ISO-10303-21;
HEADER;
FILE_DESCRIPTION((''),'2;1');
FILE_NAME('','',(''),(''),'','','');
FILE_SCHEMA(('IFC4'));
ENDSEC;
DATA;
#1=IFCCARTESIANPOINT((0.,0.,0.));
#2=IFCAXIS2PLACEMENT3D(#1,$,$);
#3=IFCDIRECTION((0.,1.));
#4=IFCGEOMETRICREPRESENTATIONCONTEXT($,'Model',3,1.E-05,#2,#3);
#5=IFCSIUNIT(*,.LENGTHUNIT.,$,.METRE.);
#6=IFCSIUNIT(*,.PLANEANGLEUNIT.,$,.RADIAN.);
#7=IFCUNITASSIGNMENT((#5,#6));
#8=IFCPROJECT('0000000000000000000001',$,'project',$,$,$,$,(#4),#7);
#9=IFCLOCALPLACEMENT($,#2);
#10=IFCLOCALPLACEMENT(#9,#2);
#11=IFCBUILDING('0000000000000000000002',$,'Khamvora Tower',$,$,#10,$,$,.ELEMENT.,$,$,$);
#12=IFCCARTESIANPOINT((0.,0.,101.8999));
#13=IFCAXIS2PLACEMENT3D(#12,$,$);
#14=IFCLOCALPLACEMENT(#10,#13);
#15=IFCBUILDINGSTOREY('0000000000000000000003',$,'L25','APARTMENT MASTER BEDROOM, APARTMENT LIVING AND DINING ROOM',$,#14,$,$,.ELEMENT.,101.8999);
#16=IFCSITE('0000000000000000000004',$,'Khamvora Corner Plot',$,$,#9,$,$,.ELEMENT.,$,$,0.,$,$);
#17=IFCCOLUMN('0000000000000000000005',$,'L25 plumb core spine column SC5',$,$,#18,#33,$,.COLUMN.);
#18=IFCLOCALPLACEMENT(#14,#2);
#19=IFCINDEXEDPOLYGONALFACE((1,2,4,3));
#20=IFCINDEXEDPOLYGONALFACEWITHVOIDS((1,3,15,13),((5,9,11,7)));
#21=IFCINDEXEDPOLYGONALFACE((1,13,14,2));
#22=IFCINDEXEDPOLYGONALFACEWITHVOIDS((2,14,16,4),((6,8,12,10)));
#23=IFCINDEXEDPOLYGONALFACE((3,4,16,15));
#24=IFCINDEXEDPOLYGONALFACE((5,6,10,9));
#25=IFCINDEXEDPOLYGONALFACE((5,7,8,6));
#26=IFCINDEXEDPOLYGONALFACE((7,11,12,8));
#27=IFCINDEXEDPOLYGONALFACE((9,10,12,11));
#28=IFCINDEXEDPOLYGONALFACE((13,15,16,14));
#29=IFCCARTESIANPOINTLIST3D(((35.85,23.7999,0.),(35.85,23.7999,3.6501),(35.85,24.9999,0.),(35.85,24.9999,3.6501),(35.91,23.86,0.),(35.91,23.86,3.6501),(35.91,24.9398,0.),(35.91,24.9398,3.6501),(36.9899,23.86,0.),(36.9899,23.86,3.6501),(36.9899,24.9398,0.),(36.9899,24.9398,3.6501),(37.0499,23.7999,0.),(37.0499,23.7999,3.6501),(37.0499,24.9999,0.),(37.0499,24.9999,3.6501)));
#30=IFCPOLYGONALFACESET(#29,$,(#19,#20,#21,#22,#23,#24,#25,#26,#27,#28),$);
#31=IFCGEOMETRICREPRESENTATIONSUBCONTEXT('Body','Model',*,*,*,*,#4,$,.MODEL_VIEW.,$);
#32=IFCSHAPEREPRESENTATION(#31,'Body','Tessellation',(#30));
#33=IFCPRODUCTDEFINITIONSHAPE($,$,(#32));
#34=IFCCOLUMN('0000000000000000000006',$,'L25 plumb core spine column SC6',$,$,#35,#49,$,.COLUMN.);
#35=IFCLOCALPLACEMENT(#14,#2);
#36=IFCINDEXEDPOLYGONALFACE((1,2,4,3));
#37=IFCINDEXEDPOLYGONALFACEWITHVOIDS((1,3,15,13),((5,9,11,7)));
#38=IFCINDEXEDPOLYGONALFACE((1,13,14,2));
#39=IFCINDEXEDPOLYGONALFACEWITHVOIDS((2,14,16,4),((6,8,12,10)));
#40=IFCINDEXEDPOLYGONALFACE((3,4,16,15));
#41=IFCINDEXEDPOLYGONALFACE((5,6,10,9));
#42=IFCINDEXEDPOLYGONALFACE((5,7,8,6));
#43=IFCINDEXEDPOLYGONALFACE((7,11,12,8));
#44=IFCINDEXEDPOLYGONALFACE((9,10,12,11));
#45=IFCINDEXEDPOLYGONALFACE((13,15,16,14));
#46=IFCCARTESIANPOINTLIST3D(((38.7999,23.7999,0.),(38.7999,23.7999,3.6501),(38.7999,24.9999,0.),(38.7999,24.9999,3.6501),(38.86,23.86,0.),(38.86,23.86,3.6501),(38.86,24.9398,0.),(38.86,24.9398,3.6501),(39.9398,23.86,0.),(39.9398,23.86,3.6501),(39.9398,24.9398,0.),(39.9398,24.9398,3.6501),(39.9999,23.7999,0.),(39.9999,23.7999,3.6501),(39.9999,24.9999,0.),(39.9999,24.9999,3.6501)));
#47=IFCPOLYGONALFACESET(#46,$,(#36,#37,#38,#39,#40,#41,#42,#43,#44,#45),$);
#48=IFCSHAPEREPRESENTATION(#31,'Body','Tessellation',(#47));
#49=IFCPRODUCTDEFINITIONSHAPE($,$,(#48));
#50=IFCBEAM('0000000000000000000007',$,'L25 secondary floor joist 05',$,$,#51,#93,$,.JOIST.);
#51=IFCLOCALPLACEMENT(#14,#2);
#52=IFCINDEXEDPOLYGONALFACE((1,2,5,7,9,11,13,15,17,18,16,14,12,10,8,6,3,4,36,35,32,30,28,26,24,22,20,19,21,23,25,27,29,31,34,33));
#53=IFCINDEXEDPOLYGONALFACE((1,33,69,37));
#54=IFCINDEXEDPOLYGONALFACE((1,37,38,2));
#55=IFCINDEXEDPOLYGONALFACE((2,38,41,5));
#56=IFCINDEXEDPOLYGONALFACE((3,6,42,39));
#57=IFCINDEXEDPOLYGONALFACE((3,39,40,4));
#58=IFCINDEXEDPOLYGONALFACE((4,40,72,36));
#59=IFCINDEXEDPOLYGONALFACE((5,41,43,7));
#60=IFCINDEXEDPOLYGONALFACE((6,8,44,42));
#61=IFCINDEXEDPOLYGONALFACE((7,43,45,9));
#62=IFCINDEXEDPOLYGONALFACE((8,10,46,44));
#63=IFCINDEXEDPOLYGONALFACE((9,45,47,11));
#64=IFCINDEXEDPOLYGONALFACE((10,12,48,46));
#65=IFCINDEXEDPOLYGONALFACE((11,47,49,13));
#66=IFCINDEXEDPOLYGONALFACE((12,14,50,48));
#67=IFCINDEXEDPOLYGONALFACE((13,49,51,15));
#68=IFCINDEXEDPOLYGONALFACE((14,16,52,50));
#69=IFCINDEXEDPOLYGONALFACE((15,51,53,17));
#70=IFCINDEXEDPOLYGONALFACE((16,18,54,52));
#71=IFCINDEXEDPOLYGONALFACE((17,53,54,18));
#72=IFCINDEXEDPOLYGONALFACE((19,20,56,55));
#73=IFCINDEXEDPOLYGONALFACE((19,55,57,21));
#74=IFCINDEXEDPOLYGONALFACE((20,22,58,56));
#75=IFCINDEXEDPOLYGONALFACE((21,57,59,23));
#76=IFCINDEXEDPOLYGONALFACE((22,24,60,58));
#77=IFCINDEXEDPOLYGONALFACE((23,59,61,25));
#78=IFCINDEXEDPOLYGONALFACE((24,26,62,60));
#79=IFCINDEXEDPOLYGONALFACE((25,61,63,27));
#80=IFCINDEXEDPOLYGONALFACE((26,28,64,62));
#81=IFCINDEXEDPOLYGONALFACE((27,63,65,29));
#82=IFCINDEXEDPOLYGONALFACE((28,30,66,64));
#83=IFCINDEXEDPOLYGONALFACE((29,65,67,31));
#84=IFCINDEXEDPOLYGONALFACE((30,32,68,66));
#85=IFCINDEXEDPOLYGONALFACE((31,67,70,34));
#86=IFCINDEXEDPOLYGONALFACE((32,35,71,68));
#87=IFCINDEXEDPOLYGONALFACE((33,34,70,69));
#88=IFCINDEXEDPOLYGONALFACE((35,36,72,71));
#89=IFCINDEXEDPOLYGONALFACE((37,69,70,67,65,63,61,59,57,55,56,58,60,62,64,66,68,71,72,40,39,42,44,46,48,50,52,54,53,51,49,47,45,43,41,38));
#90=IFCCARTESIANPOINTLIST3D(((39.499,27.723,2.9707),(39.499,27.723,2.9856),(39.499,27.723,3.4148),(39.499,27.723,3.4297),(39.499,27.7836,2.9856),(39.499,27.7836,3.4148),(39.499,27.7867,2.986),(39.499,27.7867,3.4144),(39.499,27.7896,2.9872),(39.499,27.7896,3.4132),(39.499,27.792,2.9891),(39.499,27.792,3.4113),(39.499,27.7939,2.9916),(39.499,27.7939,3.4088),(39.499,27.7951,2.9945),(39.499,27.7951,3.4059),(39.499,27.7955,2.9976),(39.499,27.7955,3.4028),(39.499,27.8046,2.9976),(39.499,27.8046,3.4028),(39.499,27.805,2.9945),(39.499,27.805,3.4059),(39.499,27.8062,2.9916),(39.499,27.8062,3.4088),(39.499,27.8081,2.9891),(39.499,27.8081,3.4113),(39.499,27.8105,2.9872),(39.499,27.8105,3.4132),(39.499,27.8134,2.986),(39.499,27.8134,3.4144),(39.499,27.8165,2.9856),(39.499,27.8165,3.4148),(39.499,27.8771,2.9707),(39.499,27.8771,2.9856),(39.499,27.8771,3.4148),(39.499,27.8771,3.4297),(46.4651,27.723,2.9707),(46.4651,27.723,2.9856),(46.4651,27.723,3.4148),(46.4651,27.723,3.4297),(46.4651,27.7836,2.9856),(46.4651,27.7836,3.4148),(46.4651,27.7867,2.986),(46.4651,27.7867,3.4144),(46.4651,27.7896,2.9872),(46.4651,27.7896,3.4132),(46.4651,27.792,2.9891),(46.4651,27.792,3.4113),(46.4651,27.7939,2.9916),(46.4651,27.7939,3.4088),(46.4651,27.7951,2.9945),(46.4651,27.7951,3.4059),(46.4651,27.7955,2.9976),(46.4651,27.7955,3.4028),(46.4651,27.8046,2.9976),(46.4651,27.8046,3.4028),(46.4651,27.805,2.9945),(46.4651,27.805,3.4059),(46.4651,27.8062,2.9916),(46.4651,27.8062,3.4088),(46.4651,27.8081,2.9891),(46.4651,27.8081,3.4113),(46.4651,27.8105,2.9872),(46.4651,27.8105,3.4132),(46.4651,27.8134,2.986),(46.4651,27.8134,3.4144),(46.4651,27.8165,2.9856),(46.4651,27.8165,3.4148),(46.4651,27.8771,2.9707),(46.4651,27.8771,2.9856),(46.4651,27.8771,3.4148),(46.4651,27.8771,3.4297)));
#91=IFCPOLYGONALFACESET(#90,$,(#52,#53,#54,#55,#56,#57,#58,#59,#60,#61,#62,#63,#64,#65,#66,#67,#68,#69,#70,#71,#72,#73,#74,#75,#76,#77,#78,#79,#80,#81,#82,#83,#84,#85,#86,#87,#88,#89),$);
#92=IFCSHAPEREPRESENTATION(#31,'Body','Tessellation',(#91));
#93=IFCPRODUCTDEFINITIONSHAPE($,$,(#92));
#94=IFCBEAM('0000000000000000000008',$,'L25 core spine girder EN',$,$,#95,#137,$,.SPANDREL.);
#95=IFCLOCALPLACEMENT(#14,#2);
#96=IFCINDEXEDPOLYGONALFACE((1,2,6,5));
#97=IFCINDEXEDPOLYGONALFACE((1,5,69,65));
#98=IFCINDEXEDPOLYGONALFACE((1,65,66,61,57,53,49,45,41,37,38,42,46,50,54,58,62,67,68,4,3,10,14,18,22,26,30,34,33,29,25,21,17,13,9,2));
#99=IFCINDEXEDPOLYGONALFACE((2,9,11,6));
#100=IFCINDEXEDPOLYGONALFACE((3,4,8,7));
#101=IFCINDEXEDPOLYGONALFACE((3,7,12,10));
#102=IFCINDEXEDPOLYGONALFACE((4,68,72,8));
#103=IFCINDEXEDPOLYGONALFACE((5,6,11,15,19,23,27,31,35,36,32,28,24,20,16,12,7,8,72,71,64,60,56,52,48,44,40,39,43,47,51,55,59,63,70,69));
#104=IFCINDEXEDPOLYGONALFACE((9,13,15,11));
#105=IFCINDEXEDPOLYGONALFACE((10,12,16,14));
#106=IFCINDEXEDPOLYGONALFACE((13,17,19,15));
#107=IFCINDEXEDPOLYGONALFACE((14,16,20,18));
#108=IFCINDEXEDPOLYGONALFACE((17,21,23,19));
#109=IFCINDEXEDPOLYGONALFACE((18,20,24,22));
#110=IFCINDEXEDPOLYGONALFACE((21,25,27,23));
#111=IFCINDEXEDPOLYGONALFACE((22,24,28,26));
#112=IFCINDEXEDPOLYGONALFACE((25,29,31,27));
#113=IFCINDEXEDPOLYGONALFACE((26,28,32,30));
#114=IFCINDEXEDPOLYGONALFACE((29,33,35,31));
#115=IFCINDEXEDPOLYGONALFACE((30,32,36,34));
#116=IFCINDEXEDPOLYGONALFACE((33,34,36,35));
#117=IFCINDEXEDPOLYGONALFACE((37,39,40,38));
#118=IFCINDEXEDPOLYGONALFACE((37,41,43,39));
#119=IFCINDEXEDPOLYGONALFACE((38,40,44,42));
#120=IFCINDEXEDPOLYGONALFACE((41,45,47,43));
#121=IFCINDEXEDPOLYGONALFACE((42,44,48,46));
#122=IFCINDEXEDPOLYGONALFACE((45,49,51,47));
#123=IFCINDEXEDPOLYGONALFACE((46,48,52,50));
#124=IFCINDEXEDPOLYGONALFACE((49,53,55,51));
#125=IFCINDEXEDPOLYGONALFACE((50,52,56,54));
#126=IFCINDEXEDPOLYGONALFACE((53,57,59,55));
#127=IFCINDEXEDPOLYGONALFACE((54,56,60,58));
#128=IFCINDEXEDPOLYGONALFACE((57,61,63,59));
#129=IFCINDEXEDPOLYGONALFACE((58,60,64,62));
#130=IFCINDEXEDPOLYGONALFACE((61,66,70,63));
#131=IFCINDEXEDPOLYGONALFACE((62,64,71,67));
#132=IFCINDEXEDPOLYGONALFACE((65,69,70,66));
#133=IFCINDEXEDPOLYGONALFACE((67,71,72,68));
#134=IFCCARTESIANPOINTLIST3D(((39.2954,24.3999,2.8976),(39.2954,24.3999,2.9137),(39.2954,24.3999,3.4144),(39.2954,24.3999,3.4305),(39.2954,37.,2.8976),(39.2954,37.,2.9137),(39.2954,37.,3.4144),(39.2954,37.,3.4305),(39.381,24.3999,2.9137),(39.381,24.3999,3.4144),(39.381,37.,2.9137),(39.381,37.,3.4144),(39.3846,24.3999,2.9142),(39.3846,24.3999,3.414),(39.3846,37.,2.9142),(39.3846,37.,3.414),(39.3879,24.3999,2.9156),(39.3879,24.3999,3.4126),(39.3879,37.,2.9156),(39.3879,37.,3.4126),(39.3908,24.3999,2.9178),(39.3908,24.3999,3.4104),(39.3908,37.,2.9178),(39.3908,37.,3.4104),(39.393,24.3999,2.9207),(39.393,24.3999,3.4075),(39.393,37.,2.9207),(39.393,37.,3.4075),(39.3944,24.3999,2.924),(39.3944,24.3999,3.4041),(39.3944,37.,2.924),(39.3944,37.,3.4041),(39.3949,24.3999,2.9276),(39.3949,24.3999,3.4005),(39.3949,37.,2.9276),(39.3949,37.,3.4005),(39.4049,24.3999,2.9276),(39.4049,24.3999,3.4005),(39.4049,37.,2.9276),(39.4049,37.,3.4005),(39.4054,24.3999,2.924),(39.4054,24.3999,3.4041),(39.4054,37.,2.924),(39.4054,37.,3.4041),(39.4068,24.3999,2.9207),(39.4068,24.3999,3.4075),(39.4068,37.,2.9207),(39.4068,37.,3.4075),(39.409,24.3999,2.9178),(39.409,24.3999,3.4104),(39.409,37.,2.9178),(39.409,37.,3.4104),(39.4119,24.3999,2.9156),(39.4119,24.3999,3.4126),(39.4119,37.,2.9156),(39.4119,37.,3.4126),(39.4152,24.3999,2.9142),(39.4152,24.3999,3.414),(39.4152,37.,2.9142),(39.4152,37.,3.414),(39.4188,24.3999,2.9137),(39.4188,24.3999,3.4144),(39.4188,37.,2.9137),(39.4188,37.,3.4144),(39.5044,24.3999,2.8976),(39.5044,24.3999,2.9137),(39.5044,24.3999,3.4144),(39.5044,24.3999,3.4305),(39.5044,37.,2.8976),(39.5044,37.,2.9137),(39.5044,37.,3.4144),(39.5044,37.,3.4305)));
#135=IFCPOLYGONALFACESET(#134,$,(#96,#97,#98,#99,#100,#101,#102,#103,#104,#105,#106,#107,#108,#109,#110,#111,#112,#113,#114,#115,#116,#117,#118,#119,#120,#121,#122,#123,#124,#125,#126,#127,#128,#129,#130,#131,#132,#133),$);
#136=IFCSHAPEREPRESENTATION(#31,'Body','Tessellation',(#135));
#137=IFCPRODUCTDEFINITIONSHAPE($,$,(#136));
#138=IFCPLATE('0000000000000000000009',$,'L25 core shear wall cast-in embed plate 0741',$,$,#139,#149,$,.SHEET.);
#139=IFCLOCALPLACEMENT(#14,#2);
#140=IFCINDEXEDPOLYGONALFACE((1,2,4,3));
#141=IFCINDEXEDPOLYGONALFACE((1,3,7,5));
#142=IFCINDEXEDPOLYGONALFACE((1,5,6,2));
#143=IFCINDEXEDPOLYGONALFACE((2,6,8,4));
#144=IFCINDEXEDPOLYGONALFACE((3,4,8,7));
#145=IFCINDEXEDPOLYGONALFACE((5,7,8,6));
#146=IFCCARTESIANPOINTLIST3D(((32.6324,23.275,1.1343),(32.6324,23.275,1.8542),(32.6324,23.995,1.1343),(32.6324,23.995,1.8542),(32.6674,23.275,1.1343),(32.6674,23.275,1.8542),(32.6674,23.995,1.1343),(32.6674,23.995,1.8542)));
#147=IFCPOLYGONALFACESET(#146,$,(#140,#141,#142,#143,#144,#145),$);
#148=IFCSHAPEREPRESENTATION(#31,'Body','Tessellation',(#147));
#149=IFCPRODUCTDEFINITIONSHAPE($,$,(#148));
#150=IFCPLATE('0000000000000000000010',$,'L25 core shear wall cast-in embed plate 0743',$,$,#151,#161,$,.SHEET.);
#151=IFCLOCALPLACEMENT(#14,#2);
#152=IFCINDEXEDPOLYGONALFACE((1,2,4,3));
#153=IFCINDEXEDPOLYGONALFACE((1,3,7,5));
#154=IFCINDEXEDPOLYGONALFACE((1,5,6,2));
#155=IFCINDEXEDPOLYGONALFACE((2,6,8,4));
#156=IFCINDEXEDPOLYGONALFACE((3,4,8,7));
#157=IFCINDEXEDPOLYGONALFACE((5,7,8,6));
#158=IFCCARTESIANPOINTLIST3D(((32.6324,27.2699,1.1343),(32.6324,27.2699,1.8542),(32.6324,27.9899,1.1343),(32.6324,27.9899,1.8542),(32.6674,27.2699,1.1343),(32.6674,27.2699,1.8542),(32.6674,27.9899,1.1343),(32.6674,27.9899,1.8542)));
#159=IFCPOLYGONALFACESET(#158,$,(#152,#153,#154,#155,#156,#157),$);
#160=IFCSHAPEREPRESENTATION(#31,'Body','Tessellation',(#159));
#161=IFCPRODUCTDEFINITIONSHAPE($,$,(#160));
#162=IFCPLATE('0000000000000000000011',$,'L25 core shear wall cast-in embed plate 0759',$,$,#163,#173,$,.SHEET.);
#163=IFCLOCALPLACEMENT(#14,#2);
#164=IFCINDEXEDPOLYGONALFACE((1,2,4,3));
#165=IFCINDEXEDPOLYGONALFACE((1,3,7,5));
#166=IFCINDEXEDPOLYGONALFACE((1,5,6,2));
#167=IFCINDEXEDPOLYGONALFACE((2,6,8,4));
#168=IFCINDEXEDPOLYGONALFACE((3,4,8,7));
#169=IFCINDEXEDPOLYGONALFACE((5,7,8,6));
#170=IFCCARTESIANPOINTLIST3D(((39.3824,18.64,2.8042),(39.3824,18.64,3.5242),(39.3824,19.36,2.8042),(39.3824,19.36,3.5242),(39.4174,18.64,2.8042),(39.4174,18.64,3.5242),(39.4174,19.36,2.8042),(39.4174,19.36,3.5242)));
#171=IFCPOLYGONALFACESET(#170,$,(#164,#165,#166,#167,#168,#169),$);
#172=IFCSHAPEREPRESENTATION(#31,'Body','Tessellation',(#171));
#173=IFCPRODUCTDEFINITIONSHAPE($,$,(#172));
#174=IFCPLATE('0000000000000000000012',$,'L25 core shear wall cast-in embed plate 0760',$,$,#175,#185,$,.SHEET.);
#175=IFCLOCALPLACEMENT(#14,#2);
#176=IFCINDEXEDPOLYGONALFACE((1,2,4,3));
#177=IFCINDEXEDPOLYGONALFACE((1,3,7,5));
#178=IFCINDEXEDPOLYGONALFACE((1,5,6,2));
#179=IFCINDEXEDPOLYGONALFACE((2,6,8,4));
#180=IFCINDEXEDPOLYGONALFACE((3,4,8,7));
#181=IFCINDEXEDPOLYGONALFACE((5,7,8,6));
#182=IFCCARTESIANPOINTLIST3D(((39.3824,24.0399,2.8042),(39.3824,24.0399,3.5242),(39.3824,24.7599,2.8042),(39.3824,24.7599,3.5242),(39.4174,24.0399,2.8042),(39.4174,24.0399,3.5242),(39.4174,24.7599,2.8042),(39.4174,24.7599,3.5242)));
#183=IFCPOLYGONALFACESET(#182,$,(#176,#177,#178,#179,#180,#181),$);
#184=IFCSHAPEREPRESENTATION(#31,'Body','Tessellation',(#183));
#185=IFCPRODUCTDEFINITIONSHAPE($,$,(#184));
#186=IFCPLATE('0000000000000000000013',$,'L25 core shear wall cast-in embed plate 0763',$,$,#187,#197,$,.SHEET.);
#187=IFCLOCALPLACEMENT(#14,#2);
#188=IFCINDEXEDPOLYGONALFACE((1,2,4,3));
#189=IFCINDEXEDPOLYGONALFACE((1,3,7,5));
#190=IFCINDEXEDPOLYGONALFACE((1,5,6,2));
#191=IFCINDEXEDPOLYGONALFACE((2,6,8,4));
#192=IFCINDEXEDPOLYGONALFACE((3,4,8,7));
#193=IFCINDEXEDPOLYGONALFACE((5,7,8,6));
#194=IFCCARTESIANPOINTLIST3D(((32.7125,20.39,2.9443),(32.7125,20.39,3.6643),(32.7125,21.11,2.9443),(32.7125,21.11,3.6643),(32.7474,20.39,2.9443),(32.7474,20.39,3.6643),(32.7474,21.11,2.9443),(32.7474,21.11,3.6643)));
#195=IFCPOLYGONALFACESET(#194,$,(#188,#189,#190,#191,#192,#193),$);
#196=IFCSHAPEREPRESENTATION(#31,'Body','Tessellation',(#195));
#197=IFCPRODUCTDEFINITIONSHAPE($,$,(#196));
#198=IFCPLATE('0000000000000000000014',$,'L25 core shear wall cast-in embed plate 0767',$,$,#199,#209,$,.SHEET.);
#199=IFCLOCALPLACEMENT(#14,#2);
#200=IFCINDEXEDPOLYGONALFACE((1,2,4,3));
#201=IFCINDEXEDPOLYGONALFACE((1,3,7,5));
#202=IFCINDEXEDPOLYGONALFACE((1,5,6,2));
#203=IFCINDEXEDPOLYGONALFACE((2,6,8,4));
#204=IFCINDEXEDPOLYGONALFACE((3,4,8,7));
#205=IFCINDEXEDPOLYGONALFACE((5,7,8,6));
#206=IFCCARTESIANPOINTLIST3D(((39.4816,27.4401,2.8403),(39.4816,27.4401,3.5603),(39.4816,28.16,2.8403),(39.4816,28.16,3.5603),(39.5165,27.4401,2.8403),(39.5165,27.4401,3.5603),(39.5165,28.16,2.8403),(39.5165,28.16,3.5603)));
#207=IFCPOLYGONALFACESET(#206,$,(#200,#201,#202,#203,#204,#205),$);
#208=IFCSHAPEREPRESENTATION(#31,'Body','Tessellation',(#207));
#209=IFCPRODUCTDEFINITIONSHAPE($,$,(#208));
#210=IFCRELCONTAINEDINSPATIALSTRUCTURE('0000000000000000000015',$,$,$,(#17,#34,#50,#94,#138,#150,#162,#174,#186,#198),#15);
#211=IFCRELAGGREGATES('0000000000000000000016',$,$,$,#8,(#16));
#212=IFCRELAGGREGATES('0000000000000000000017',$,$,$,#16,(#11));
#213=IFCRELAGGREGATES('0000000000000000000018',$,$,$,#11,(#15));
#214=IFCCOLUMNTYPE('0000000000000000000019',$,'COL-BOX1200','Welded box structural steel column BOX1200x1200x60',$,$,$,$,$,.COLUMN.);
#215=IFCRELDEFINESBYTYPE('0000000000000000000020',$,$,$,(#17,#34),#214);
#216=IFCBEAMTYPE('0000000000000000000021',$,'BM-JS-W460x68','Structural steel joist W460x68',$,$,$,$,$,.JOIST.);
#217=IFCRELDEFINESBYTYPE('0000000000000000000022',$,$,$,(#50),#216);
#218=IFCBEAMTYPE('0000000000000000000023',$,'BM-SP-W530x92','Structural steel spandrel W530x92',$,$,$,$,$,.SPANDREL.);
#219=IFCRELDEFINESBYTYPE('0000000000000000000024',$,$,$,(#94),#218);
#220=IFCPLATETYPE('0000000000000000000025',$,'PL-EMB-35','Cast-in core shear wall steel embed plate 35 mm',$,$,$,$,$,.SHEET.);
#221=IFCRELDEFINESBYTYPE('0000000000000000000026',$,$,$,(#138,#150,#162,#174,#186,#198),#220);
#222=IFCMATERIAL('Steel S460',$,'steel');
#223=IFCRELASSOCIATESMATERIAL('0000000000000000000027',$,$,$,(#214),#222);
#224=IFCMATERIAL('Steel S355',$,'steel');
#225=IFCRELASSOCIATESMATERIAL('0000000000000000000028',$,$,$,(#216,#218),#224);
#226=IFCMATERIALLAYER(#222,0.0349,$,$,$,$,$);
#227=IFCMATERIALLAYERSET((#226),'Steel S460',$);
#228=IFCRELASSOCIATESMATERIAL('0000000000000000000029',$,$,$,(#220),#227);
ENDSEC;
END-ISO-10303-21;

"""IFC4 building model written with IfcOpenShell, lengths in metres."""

from ifc_helpers import new_model, si_unit, direction, frame, origin, origin_2d, place, context, subcontext, project, spatial, rectangle, hollow_rectangle, i_section, extrude, material, layer, layer_set, material_profile, profile_set, type_object, element, save


model = new_model("IFC4")

# Units and contexts
model_context = context("Model", 3, precision=1e-05, world=origin(), true_north=direction((0.0, 1.0)))
body_context = subcontext(model_context, "Body", "Model", "MODEL_VIEW")
ifc_project = project(units=[si_unit("LENGTHUNIT", "METRE"), si_unit("PLANEANGLEUNIT", "RADIAN")], contexts=[model_context])

# Site, building, storey
site_placement = place(None, origin())
site = spatial("IfcSite", under=ifc_project, at=site_placement, Name="Khamvora Corner Plot", CompositionType="ELEMENT", RefElevation=0.0)
building_placement = place(site_placement, origin())
building = spatial("IfcBuilding", under=site, at=building_placement, Name="Khamvora Tower", CompositionType="ELEMENT")
storey_placement = place(building_placement, frame((0.0, 0.0, 101.8999)))
storey = spatial("IfcBuildingStorey", under=building, at=storey_placement, Name="L25", Description="APARTMENT MASTER BEDROOM, APARTMENT LIVING AND DINING ROOM", CompositionType="ELEMENT", Elevation=101.8999)

# Columns
ifc_material_1 = material(Name="Steel S460", Category="steel")
ifc_material_profile_1 = material_profile(ifc_material_1, hollow_rectangle(XDim=1.2, YDim=1.2, WallThickness=0.0601, at=origin_2d()), Name="BOX1200x1200x60")
ifc_profile_set_1 = profile_set([ifc_material_profile_1], Name="Steel S460")
column_type = type_object("IfcColumnType", Name="COL-BOX1200", Description="Welded box structural steel column BOX1200x1200x60", PredefinedType="COLUMN", material=ifc_profile_set_1)
for number, where, z_axis, x_axis, name in (
    (1, (36.45, 24.3999, 0.0), (0.0, 0.0, 1.0), (1.0, 0.0, 0.0), "L25 plumb core spine column SC5"),
    (2, (39.3999, 24.3999, 0.0), (0.0, 0.0, 1.0), (1.0, 0.0, 0.0), "L25 plumb core spine column SC6"),
):
    element("IfcColumn", number, at=place(storey_placement, frame(where, z_axis=z_axis, x_axis=x_axis)), inside=storey, type_object=column_type, Name=name, PredefinedType="COLUMN", context=body_context, shape_type="SweptSolid", body=[
        extrude(hollow_rectangle(XDim=1.2, YDim=1.2, WallThickness=0.0601, at=origin_2d()), origin(), (0.0, 0.0, 1.0), 3.6501),
    ])

# Beams
ifc_material_2 = material(Name="Steel S355", Category="steel")
ifc_material_profile_2 = material_profile(ifc_material_2, i_section(OverallWidth=0.1541, OverallDepth=0.459, WebThickness=0.009, FlangeThickness=0.0149, FilletRadius=0.012, at=origin_2d()), Name="W460x68")
ifc_profile_set_2 = profile_set([ifc_material_profile_2], Name="Steel S355")
beam_type_1 = type_object("IfcBeamType", Name="BM-JS-W460x68", Description="Structural steel joist W460x68", PredefinedType="JOIST", material=ifc_profile_set_2)
beam_1_placement = place(storey_placement, frame((39.499, 27.8, 3.2002), z_axis=(1.0, 0.0, 0.0), x_axis=(0.0, 1.0, 0.0)))
element("IfcBeam", 3, at=beam_1_placement, inside=storey, type_object=beam_type_1, Name="L25 secondary floor joist 05", PredefinedType="JOIST", context=body_context, shape_type="SweptSolid", body=[
    extrude(i_section(OverallWidth=0.1541, OverallDepth=0.459, WebThickness=0.009, FlangeThickness=0.0149, FilletRadius=0.012, at=origin_2d()), origin(), (0.0, 0.0, 1.0), 6.9661),
])
ifc_material_profile_3 = material_profile(ifc_material_2, i_section(OverallWidth=0.209, OverallDepth=0.533, WebThickness=0.01, FlangeThickness=0.0161, FilletRadius=0.0139, at=origin_2d()), Name="W530x92")
ifc_profile_set_3 = profile_set([ifc_material_profile_3], Name="Steel S355")
beam_type_2 = type_object("IfcBeamType", Name="BM-SP-W530x92", Description="Structural steel spandrel W530x92", PredefinedType="SPANDREL", material=ifc_profile_set_3)
beam_2_placement = place(storey_placement, frame((39.3999, 24.3999, 3.1641), z_axis=(0.0, 1.0, 0.0), x_axis=(-1.0, 0.0, 0.0)))
element("IfcBeam", 4, at=beam_2_placement, inside=storey, type_object=beam_type_2, Name="L25 core spine girder EN", PredefinedType="SPANDREL", context=body_context, shape_type="SweptSolid", body=[
    extrude(i_section(OverallWidth=0.209, OverallDepth=0.533, WebThickness=0.01, FlangeThickness=0.0161, FilletRadius=0.0139, at=origin_2d()), origin(), (0.0, 0.0, 1.0), 12.6001),
])

# Plates
ifc_layer_1 = layer(ifc_material_1, 0.0349)
ifc_layer_set_1 = layer_set([ifc_layer_1], Name="Steel S460")
plate_type = type_object("IfcPlateType", Name="PL-EMB-35", Description="Cast-in core shear wall steel embed plate 35 mm", PredefinedType="SHEET", material=ifc_layer_set_1)
for number, where, z_axis, x_axis, name in (
    (5, (32.6499, 23.635, 1.1343), (0.0, 0.0, 1.0), (1.0, 0.0, 0.0), "L25 core shear wall cast-in embed plate 0741"),
    (6, (32.6499, 27.6299, 1.1343), (0.0, 0.0, 1.0), (1.0, 0.0, 0.0), "L25 core shear wall cast-in embed plate 0743"),
    (7, (39.3999, 19.0, 2.8042), (0.0, 0.0, 1.0), (1.0, 0.0, 0.0), "L25 core shear wall cast-in embed plate 0759"),
    (8, (39.3999, 24.3999, 2.8042), (0.0, 0.0, 1.0), (1.0, 0.0, 0.0), "L25 core shear wall cast-in embed plate 0760"),
    (9, (32.73, 20.75, 2.9443), (0.0, 0.0, 1.0), (1.0, 0.0, 0.0), "L25 core shear wall cast-in embed plate 0763"),
    (10, (39.499, 27.8, 2.8403), (0.0, 0.0, 1.0), (1.0, 0.0, 0.0), "L25 core shear wall cast-in embed plate 0767"),
):
    element("IfcPlate", number, at=place(storey_placement, frame(where, z_axis=z_axis, x_axis=x_axis)), inside=storey, type_object=plate_type, Name=name, PredefinedType="SHEET", context=body_context, shape_type="SweptSolid", body=[
        extrude(rectangle(XDim=0.0349, YDim=0.72, at=origin_2d()), origin(), (0.0, 0.0, 1.0), 0.72),
    ])

save(model, "model.ifc")
